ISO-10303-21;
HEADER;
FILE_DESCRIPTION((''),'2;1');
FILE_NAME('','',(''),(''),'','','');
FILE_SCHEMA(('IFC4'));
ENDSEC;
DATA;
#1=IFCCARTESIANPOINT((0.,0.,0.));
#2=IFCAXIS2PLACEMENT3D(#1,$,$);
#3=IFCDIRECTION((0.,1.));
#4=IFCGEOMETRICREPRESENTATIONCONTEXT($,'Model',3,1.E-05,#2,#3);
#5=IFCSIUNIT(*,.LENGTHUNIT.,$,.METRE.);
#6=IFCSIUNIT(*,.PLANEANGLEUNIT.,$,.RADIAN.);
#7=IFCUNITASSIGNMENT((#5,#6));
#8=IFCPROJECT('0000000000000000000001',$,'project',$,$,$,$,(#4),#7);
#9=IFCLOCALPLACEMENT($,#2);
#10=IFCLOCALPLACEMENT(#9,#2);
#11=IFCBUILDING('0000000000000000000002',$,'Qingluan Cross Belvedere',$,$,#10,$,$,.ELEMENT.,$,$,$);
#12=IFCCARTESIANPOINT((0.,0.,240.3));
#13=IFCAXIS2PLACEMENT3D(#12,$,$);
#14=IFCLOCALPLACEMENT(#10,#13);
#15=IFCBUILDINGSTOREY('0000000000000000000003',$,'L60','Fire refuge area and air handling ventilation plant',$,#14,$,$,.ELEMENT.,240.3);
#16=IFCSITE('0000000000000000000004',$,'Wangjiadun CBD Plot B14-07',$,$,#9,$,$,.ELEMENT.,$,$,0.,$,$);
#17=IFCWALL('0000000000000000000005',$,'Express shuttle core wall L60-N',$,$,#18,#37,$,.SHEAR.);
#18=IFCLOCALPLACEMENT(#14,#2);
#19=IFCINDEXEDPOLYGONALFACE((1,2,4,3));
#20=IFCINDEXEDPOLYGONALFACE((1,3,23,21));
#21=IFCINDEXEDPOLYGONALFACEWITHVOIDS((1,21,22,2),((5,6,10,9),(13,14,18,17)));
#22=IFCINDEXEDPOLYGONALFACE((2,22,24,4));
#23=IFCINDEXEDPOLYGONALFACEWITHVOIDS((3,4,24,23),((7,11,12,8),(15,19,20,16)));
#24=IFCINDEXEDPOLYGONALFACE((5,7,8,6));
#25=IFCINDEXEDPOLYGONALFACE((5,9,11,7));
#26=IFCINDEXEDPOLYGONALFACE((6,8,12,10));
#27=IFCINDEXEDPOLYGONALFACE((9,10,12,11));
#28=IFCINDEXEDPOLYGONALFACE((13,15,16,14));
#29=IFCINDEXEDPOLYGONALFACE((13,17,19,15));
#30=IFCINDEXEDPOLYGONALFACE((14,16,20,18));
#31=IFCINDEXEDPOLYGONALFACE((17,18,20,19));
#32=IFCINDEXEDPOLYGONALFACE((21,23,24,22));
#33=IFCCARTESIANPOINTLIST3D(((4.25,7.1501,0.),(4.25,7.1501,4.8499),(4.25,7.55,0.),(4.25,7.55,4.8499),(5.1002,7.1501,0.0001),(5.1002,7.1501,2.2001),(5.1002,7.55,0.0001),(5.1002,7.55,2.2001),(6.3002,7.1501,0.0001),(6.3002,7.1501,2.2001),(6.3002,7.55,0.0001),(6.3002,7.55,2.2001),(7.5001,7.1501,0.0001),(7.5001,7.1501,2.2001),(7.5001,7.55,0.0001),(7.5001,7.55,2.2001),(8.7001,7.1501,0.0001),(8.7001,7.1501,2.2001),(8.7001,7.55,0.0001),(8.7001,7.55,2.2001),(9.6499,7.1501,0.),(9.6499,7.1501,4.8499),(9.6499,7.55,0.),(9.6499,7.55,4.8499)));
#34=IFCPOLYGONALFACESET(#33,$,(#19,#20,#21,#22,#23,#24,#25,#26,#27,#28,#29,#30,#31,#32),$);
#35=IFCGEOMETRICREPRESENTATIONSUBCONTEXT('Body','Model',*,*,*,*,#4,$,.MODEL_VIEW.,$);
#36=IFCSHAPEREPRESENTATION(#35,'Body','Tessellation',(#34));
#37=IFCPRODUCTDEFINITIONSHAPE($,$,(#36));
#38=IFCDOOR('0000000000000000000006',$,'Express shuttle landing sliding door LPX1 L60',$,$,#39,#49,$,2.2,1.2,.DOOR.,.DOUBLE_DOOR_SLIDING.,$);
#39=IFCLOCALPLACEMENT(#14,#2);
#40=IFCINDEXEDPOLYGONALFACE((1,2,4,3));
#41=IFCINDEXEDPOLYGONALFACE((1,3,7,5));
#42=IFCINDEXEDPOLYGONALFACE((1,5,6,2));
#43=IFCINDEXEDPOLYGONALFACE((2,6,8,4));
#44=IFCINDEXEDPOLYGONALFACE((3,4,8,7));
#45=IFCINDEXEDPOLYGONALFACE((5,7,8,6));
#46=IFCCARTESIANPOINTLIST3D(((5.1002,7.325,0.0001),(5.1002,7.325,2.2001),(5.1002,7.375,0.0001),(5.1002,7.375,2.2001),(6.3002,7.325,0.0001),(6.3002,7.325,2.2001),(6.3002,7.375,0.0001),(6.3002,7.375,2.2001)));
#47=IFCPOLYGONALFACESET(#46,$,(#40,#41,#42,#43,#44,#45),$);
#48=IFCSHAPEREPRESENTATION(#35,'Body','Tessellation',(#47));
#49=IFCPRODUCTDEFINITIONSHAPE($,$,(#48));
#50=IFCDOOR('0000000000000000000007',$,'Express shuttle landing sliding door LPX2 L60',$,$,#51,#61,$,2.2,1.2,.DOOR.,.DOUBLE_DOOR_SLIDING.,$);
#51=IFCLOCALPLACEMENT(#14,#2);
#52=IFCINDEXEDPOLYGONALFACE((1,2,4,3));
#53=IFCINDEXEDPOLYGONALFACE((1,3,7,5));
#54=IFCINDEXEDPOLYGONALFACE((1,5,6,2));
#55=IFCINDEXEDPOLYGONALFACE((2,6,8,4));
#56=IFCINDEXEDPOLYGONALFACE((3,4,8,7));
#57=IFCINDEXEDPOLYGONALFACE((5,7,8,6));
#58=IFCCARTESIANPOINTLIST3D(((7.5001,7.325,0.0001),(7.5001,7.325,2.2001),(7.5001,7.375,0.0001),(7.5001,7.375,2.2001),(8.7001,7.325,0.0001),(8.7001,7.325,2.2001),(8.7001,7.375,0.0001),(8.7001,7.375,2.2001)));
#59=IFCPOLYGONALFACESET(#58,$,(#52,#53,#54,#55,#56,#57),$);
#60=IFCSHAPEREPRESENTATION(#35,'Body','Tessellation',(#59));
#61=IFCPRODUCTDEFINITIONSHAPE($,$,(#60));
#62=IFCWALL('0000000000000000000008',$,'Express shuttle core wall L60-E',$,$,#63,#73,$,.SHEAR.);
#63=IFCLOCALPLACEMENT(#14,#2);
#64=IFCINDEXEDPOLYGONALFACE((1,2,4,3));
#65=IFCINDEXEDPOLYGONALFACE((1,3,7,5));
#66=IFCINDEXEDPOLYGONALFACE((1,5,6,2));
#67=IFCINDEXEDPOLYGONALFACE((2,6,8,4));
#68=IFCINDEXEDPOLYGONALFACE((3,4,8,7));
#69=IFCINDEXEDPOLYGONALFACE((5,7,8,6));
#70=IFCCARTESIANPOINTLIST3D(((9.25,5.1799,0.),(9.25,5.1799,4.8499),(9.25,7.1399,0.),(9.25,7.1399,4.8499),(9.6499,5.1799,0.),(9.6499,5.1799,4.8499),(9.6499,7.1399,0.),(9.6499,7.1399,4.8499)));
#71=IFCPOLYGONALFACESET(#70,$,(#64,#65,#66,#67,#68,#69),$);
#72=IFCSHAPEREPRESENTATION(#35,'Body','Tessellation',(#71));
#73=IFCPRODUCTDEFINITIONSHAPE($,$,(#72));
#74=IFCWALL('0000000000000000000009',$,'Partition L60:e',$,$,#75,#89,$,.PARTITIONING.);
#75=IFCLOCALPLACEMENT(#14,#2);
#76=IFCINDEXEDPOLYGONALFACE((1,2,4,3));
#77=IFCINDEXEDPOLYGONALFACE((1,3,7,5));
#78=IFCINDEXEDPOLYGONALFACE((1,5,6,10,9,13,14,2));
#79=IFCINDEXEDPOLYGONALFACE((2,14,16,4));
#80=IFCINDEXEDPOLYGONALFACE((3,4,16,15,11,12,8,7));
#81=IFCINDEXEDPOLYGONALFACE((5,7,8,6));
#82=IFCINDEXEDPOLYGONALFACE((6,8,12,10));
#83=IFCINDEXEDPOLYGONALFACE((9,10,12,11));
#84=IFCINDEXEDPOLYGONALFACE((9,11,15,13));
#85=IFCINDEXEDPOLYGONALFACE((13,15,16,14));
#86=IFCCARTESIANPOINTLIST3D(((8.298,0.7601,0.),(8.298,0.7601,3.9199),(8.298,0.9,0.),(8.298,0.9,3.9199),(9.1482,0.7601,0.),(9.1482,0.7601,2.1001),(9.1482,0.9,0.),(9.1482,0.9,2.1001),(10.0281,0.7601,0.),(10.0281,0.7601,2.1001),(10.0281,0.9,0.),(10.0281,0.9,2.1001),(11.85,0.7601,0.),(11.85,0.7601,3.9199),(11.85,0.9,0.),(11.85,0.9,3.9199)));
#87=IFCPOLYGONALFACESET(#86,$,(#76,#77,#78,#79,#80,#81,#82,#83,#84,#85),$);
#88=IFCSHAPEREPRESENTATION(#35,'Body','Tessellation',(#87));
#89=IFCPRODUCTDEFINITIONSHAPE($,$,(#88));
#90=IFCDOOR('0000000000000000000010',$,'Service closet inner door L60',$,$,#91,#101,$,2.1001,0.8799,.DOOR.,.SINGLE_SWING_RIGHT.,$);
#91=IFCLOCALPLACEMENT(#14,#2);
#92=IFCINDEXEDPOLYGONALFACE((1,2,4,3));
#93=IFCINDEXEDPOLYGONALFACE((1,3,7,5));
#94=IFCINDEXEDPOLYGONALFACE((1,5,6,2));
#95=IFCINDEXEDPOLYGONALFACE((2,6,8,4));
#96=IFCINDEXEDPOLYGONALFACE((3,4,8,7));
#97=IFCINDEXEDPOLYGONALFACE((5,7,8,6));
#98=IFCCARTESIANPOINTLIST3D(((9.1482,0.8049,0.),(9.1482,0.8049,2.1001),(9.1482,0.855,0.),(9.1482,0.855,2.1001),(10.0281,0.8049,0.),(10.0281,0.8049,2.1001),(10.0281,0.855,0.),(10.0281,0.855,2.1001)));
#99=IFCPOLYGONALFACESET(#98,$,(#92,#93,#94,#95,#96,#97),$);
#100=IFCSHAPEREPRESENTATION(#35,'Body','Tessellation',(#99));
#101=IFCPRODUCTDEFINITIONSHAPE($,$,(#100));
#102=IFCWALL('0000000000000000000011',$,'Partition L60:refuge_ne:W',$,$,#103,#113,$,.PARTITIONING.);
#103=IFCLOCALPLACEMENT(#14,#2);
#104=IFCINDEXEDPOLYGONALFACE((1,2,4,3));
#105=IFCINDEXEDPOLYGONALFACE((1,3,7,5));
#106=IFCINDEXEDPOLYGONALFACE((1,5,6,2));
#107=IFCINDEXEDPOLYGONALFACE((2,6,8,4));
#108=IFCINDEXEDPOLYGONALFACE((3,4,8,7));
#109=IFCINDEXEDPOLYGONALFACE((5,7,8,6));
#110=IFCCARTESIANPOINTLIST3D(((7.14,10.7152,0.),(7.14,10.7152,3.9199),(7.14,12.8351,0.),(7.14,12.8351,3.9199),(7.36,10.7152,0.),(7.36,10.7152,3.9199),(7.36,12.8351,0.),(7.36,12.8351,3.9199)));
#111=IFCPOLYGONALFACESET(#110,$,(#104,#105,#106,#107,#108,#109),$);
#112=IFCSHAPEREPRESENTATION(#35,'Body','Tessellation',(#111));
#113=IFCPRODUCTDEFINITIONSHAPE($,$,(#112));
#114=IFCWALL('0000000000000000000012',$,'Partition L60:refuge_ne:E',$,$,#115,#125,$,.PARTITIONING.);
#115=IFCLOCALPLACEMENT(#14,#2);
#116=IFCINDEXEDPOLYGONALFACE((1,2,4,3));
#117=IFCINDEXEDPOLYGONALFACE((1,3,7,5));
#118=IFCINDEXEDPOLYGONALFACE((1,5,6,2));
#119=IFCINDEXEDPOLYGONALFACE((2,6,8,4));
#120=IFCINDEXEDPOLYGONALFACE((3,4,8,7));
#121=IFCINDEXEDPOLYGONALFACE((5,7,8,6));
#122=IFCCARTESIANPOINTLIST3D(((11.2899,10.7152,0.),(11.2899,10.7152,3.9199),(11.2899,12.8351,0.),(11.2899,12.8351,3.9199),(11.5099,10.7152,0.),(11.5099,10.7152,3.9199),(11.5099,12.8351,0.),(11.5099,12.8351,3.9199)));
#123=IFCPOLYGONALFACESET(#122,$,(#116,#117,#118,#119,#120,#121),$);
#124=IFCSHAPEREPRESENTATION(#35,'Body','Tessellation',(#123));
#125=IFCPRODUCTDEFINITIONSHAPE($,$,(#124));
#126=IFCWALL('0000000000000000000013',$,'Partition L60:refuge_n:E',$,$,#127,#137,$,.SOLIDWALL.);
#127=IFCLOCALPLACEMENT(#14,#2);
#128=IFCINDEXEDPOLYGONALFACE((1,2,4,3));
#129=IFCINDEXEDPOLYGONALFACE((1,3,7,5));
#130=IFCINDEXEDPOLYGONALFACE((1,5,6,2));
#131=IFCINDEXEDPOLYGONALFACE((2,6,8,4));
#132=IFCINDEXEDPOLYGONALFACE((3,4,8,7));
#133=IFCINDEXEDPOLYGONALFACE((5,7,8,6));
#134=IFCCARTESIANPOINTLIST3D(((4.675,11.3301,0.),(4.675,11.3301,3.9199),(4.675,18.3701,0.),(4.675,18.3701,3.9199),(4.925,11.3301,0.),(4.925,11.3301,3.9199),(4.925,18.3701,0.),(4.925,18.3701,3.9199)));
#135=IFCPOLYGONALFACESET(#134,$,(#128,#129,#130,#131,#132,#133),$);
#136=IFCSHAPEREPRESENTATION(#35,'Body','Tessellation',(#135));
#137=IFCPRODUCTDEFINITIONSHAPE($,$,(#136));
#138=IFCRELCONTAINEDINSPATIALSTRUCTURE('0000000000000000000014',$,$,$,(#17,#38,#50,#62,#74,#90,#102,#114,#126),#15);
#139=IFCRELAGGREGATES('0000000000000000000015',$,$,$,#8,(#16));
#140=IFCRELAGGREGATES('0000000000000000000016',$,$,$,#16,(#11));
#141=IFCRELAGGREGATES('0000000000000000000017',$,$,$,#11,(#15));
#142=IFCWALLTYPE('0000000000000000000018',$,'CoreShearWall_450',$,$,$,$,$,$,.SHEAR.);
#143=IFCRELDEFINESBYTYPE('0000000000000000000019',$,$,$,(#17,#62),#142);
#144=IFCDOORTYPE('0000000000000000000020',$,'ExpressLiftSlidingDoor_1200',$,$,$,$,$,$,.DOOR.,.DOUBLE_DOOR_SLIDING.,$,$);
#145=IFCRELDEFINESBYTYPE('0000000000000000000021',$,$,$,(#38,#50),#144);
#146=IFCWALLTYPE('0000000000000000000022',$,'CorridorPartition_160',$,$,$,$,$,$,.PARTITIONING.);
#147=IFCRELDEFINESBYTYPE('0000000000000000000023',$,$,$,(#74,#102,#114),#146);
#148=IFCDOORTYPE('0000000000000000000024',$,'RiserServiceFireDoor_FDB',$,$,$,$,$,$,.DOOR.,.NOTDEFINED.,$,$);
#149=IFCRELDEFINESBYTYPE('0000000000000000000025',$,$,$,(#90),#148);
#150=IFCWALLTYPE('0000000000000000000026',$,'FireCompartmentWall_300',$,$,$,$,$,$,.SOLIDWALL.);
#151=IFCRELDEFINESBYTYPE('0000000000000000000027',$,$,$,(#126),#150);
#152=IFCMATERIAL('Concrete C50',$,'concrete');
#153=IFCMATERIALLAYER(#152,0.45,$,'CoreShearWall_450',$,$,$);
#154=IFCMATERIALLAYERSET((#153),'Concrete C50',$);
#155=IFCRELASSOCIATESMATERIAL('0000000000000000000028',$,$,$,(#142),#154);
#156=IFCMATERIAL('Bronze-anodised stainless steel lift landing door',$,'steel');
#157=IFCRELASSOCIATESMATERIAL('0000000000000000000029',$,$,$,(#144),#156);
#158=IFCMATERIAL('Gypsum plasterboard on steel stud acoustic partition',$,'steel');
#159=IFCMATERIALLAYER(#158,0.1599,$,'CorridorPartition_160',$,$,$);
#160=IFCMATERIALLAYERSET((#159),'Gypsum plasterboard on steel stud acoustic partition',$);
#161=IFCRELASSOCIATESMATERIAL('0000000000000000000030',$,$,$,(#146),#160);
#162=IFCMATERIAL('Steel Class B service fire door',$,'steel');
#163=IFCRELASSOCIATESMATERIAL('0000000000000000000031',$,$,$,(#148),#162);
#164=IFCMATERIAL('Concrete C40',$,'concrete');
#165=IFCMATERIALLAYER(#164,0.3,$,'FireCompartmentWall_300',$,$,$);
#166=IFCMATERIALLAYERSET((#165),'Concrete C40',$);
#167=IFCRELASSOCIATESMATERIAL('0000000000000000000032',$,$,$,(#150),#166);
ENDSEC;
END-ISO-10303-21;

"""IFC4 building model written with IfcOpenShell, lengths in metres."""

from ifc_helpers import new_model, si_unit, direction, frame, frame_2d, origin, place, context, subcontext, project, spatial, rectangle, extrude, material, layer, layer_set, type_object, element, fill, save


model = new_model("IFC4")

# Units and contexts
model_context = context("Model", 3, precision=1e-05, world=origin(), true_north=direction((0.0, 1.0)))
body_context = subcontext(model_context, "Body", "Model", "MODEL_VIEW")
ifc_project = project(units=[si_unit("LENGTHUNIT", "METRE"), si_unit("PLANEANGLEUNIT", "RADIAN")], contexts=[model_context])

# Site, building, storey
site_placement = place(None, origin())
site = spatial("IfcSite", under=ifc_project, at=site_placement, Name="Wangjiadun CBD Plot B14-07", CompositionType="ELEMENT", RefElevation=0.0)
building_placement = place(site_placement, origin())
building = spatial("IfcBuilding", under=site, at=building_placement, Name="Qingluan Cross Belvedere", CompositionType="ELEMENT")
storey_placement = place(building_placement, frame((0.0, 0.0, 240.3)))
storey = spatial("IfcBuildingStorey", under=building, at=storey_placement, Name="L60", Description="Fire refuge area and air handling ventilation plant", CompositionType="ELEMENT", Elevation=240.3)

# Shared definitions
ifc_material_1 = material(Name="Concrete C50", Category="concrete")
ifc_layer_1 = layer(ifc_material_1, 0.45, Name="CoreShearWall_450")
ifc_layer_set_1 = layer_set([ifc_layer_1], Name="Concrete C50")
wall_type_1 = type_object("IfcWallType", Name="CoreShearWall_450", PredefinedType="SHEAR", material=ifc_layer_set_1)

# Wall, openings, doors
wall_1_placement = place(storey_placement, frame((4.25, 7.3501, 0.0), z_axis=(0.0, 0.0, 1.0), x_axis=(1.0, 0.0, 0.0)))
wall_1 = element("IfcWall", 1, at=wall_1_placement, inside=storey, type_object=wall_type_1, Name="Express shuttle core wall L60-N", PredefinedType="SHEAR", context=body_context, shape_type="SweptSolid", body=[
    extrude(rectangle(XDim=5.3999, YDim=0.3999, at=frame_2d((2.7, 0.0))), origin(), (0.0, 0.0, 1.0), 4.8499),
])
opening_1_placement = place(wall_1_placement, frame((0.8501, 0.0, 0.0)))
opening_1 = element("IfcOpeningElement", 2, at=opening_1_placement, cuts=wall_1, PredefinedType="OPENING", context=body_context, shape_type="SweptSolid", body=[
    extrude(rectangle(XDim=1.2, YDim=2.2, at=frame_2d((0.6001, 1.1001))), frame((0.0, 0.21, 0.0), z_axis=(0.0, -1.0, 0.0), x_axis=(1.0, 0.0, 0.0)), (0.0, 0.0, 1.0), 0.4199),
])
opening_2_placement = place(wall_1_placement, frame((3.25, 0.0, 0.0)))
opening_2 = element("IfcOpeningElement", 3, at=opening_2_placement, cuts=wall_1, PredefinedType="OPENING", context=body_context, shape_type="SweptSolid", body=[
    extrude(rectangle(XDim=1.2, YDim=2.2, at=frame_2d((0.6001, 1.1001))), frame((0.0, 0.21, 0.0), z_axis=(0.0, -1.0, 0.0), x_axis=(1.0, 0.0, 0.0)), (0.0, 0.0, 1.0), 0.4199),
])
ifc_material_2 = material(Name="Bronze-anodised stainless steel lift landing door", Category="steel")
door_type_1 = type_object("IfcDoorType", Name="ExpressLiftSlidingDoor_1200", OperationType="DOUBLE_DOOR_SLIDING", PredefinedType="DOOR", material=ifc_material_2)
door_1_placement = place(opening_1_placement, origin())
door_1 = element("IfcDoor", 4, at=door_1_placement, inside=storey, type_object=door_type_1, Name="Express shuttle landing sliding door LPX1 L60", OperationType="DOUBLE_DOOR_SLIDING", OverallHeight=2.2, OverallWidth=1.2, PredefinedType="DOOR", context=body_context, shape_type="SweptSolid", body=[
    extrude(rectangle(XDim=1.2, YDim=2.2, at=frame_2d((0.6001, 1.1001))), frame((0.0, 0.0249, 0.0), z_axis=(0.0, -1.0, 0.0), x_axis=(1.0, 0.0, 0.0)), (0.0, 0.0, 1.0), 0.05),
])
fill(opening_1, door_1)
door_2_placement = place(opening_2_placement, origin())
door_2 = element("IfcDoor", 5, at=door_2_placement, inside=storey, type_object=door_type_1, Name="Express shuttle landing sliding door LPX2 L60", OperationType="DOUBLE_DOOR_SLIDING", OverallHeight=2.2, OverallWidth=1.2, PredefinedType="DOOR", context=body_context, shape_type="SweptSolid", body=[
    extrude(rectangle(XDim=1.2, YDim=2.2, at=frame_2d((0.6001, 1.1001))), frame((0.0, 0.0249, 0.0), z_axis=(0.0, -1.0, 0.0), x_axis=(1.0, 0.0, 0.0)), (0.0, 0.0, 1.0), 0.05),
])
fill(opening_2, door_2)

# Wall
wall_2_placement = place(storey_placement, frame((9.45, 5.1799, 0.0), z_axis=(0.0, 0.0, 1.0), x_axis=(0.0, 1.0, 0.0)))
element("IfcWall", 6, at=wall_2_placement, inside=storey, type_object=wall_type_1, Name="Express shuttle core wall L60-E", PredefinedType="SHEAR", context=body_context, shape_type="SweptSolid", body=[
    extrude(rectangle(XDim=1.96, YDim=0.3999, at=frame_2d((0.98, 0.0))), origin(), (0.0, 0.0, 1.0), 4.8499),
])

# Wall, opening, door
ifc_material_3 = material(Name="Gypsum plasterboard on steel stud acoustic partition", Category="steel")
ifc_layer_2 = layer(ifc_material_3, 0.1599, Name="CorridorPartition_160")
ifc_layer_set_2 = layer_set([ifc_layer_2], Name="Gypsum plasterboard on steel stud acoustic partition")
wall_type_2 = type_object("IfcWallType", Name="CorridorPartition_160", PredefinedType="PARTITIONING", material=ifc_layer_set_2)
wall_3_placement = place(storey_placement, frame((8.2981, 0.8301, 0.0), z_axis=(0.0, 0.0, 1.0), x_axis=(1.0, 0.0, 0.0)))
wall_3 = element("IfcWall", 7, at=wall_3_placement, inside=storey, type_object=wall_type_2, Name="Partition L60:e", PredefinedType="PARTITIONING", context=body_context, shape_type="SweptSolid", body=[
    extrude(rectangle(XDim=3.552, YDim=0.1399, at=frame_2d((1.7759, 0.0))), origin(), (0.0, 0.0, 1.0), 3.9199),
])
opening_3_placement = place(wall_3_placement, frame((0.8501, 0.0, 0.0)))
opening_3 = element("IfcOpeningElement", 8, at=opening_3_placement, cuts=wall_3, PredefinedType="OPENING", context=body_context, shape_type="SweptSolid", body=[
    extrude(rectangle(XDim=0.8799, YDim=2.1001, at=frame_2d((0.4399, 1.05))), frame((0.0, 0.0798, 0.0), z_axis=(0.0, -1.0, 0.0), x_axis=(1.0, 0.0, 0.0)), (0.0, 0.0, 1.0), 0.1599),
])
ifc_material_4 = material(Name="Steel Class B service fire door", Category="steel")
door_type_2 = type_object("IfcDoorType", Name="RiserServiceFireDoor_FDB", OperationType="NOTDEFINED", PredefinedType="DOOR", material=ifc_material_4)
door_3_placement = place(opening_3_placement, origin())
door_3 = element("IfcDoor", 9, at=door_3_placement, inside=storey, type_object=door_type_2, Name="Service closet inner door L60", OperationType="SINGLE_SWING_RIGHT", OverallHeight=2.1001, OverallWidth=0.8799, PredefinedType="DOOR", context=body_context, shape_type="SweptSolid", body=[
    extrude(rectangle(XDim=0.8799, YDim=2.1001, at=frame_2d((0.4399, 1.05))), frame((0.0, 0.0249, 0.0), z_axis=(0.0, -1.0, 0.0), x_axis=(1.0, 0.0, 0.0)), (0.0, 0.0, 1.0), 0.05),
])
fill(opening_3, door_3)

# Walls
for number, where, z_axis, x_axis, name in (
    (10, (7.25, 10.7151, 0.0), (0.0, 0.0, 1.0), (0.0, 1.0, 0.0), "Partition L60:refuge_ne:W"),
    (11, (11.3999, 10.7151, 0.0), (0.0, 0.0, 1.0), (0.0, 1.0, 0.0), "Partition L60:refuge_ne:E"),
):
    element("IfcWall", number, at=place(storey_placement, frame(where, z_axis=z_axis, x_axis=x_axis)), inside=storey, type_object=wall_type_2, Name=name, PredefinedType="PARTITIONING", context=body_context, shape_type="SweptSolid", body=[
        extrude(rectangle(XDim=2.1199, YDim=0.22, at=frame_2d((1.0601, 0.0))), origin(), (0.0, 0.0, 1.0), 3.9199),
    ])
ifc_material_5 = material(Name="Concrete C40", Category="concrete")
ifc_layer_3 = layer(ifc_material_5, 0.3, Name="FireCompartmentWall_300")
ifc_layer_set_3 = layer_set([ifc_layer_3], Name="Concrete C40")
wall_type_3 = type_object("IfcWallType", Name="FireCompartmentWall_300", PredefinedType="SOLIDWALL", material=ifc_layer_set_3)
wall_4_placement = place(storey_placement, frame((4.8, 11.3301, 0.0), z_axis=(0.0, 0.0, 1.0), x_axis=(0.0, 1.0, 0.0)))
element("IfcWall", 12, at=wall_4_placement, inside=storey, type_object=wall_type_3, Name="Partition L60:refuge_n:E", PredefinedType="SOLIDWALL", context=body_context, shape_type="SweptSolid", body=[
    extrude(rectangle(XDim=7.04, YDim=0.25, at=frame_2d((3.52, 0.0))), origin(), (0.0, 0.0, 1.0), 3.9199),
])

save(model, "model.ifc")
